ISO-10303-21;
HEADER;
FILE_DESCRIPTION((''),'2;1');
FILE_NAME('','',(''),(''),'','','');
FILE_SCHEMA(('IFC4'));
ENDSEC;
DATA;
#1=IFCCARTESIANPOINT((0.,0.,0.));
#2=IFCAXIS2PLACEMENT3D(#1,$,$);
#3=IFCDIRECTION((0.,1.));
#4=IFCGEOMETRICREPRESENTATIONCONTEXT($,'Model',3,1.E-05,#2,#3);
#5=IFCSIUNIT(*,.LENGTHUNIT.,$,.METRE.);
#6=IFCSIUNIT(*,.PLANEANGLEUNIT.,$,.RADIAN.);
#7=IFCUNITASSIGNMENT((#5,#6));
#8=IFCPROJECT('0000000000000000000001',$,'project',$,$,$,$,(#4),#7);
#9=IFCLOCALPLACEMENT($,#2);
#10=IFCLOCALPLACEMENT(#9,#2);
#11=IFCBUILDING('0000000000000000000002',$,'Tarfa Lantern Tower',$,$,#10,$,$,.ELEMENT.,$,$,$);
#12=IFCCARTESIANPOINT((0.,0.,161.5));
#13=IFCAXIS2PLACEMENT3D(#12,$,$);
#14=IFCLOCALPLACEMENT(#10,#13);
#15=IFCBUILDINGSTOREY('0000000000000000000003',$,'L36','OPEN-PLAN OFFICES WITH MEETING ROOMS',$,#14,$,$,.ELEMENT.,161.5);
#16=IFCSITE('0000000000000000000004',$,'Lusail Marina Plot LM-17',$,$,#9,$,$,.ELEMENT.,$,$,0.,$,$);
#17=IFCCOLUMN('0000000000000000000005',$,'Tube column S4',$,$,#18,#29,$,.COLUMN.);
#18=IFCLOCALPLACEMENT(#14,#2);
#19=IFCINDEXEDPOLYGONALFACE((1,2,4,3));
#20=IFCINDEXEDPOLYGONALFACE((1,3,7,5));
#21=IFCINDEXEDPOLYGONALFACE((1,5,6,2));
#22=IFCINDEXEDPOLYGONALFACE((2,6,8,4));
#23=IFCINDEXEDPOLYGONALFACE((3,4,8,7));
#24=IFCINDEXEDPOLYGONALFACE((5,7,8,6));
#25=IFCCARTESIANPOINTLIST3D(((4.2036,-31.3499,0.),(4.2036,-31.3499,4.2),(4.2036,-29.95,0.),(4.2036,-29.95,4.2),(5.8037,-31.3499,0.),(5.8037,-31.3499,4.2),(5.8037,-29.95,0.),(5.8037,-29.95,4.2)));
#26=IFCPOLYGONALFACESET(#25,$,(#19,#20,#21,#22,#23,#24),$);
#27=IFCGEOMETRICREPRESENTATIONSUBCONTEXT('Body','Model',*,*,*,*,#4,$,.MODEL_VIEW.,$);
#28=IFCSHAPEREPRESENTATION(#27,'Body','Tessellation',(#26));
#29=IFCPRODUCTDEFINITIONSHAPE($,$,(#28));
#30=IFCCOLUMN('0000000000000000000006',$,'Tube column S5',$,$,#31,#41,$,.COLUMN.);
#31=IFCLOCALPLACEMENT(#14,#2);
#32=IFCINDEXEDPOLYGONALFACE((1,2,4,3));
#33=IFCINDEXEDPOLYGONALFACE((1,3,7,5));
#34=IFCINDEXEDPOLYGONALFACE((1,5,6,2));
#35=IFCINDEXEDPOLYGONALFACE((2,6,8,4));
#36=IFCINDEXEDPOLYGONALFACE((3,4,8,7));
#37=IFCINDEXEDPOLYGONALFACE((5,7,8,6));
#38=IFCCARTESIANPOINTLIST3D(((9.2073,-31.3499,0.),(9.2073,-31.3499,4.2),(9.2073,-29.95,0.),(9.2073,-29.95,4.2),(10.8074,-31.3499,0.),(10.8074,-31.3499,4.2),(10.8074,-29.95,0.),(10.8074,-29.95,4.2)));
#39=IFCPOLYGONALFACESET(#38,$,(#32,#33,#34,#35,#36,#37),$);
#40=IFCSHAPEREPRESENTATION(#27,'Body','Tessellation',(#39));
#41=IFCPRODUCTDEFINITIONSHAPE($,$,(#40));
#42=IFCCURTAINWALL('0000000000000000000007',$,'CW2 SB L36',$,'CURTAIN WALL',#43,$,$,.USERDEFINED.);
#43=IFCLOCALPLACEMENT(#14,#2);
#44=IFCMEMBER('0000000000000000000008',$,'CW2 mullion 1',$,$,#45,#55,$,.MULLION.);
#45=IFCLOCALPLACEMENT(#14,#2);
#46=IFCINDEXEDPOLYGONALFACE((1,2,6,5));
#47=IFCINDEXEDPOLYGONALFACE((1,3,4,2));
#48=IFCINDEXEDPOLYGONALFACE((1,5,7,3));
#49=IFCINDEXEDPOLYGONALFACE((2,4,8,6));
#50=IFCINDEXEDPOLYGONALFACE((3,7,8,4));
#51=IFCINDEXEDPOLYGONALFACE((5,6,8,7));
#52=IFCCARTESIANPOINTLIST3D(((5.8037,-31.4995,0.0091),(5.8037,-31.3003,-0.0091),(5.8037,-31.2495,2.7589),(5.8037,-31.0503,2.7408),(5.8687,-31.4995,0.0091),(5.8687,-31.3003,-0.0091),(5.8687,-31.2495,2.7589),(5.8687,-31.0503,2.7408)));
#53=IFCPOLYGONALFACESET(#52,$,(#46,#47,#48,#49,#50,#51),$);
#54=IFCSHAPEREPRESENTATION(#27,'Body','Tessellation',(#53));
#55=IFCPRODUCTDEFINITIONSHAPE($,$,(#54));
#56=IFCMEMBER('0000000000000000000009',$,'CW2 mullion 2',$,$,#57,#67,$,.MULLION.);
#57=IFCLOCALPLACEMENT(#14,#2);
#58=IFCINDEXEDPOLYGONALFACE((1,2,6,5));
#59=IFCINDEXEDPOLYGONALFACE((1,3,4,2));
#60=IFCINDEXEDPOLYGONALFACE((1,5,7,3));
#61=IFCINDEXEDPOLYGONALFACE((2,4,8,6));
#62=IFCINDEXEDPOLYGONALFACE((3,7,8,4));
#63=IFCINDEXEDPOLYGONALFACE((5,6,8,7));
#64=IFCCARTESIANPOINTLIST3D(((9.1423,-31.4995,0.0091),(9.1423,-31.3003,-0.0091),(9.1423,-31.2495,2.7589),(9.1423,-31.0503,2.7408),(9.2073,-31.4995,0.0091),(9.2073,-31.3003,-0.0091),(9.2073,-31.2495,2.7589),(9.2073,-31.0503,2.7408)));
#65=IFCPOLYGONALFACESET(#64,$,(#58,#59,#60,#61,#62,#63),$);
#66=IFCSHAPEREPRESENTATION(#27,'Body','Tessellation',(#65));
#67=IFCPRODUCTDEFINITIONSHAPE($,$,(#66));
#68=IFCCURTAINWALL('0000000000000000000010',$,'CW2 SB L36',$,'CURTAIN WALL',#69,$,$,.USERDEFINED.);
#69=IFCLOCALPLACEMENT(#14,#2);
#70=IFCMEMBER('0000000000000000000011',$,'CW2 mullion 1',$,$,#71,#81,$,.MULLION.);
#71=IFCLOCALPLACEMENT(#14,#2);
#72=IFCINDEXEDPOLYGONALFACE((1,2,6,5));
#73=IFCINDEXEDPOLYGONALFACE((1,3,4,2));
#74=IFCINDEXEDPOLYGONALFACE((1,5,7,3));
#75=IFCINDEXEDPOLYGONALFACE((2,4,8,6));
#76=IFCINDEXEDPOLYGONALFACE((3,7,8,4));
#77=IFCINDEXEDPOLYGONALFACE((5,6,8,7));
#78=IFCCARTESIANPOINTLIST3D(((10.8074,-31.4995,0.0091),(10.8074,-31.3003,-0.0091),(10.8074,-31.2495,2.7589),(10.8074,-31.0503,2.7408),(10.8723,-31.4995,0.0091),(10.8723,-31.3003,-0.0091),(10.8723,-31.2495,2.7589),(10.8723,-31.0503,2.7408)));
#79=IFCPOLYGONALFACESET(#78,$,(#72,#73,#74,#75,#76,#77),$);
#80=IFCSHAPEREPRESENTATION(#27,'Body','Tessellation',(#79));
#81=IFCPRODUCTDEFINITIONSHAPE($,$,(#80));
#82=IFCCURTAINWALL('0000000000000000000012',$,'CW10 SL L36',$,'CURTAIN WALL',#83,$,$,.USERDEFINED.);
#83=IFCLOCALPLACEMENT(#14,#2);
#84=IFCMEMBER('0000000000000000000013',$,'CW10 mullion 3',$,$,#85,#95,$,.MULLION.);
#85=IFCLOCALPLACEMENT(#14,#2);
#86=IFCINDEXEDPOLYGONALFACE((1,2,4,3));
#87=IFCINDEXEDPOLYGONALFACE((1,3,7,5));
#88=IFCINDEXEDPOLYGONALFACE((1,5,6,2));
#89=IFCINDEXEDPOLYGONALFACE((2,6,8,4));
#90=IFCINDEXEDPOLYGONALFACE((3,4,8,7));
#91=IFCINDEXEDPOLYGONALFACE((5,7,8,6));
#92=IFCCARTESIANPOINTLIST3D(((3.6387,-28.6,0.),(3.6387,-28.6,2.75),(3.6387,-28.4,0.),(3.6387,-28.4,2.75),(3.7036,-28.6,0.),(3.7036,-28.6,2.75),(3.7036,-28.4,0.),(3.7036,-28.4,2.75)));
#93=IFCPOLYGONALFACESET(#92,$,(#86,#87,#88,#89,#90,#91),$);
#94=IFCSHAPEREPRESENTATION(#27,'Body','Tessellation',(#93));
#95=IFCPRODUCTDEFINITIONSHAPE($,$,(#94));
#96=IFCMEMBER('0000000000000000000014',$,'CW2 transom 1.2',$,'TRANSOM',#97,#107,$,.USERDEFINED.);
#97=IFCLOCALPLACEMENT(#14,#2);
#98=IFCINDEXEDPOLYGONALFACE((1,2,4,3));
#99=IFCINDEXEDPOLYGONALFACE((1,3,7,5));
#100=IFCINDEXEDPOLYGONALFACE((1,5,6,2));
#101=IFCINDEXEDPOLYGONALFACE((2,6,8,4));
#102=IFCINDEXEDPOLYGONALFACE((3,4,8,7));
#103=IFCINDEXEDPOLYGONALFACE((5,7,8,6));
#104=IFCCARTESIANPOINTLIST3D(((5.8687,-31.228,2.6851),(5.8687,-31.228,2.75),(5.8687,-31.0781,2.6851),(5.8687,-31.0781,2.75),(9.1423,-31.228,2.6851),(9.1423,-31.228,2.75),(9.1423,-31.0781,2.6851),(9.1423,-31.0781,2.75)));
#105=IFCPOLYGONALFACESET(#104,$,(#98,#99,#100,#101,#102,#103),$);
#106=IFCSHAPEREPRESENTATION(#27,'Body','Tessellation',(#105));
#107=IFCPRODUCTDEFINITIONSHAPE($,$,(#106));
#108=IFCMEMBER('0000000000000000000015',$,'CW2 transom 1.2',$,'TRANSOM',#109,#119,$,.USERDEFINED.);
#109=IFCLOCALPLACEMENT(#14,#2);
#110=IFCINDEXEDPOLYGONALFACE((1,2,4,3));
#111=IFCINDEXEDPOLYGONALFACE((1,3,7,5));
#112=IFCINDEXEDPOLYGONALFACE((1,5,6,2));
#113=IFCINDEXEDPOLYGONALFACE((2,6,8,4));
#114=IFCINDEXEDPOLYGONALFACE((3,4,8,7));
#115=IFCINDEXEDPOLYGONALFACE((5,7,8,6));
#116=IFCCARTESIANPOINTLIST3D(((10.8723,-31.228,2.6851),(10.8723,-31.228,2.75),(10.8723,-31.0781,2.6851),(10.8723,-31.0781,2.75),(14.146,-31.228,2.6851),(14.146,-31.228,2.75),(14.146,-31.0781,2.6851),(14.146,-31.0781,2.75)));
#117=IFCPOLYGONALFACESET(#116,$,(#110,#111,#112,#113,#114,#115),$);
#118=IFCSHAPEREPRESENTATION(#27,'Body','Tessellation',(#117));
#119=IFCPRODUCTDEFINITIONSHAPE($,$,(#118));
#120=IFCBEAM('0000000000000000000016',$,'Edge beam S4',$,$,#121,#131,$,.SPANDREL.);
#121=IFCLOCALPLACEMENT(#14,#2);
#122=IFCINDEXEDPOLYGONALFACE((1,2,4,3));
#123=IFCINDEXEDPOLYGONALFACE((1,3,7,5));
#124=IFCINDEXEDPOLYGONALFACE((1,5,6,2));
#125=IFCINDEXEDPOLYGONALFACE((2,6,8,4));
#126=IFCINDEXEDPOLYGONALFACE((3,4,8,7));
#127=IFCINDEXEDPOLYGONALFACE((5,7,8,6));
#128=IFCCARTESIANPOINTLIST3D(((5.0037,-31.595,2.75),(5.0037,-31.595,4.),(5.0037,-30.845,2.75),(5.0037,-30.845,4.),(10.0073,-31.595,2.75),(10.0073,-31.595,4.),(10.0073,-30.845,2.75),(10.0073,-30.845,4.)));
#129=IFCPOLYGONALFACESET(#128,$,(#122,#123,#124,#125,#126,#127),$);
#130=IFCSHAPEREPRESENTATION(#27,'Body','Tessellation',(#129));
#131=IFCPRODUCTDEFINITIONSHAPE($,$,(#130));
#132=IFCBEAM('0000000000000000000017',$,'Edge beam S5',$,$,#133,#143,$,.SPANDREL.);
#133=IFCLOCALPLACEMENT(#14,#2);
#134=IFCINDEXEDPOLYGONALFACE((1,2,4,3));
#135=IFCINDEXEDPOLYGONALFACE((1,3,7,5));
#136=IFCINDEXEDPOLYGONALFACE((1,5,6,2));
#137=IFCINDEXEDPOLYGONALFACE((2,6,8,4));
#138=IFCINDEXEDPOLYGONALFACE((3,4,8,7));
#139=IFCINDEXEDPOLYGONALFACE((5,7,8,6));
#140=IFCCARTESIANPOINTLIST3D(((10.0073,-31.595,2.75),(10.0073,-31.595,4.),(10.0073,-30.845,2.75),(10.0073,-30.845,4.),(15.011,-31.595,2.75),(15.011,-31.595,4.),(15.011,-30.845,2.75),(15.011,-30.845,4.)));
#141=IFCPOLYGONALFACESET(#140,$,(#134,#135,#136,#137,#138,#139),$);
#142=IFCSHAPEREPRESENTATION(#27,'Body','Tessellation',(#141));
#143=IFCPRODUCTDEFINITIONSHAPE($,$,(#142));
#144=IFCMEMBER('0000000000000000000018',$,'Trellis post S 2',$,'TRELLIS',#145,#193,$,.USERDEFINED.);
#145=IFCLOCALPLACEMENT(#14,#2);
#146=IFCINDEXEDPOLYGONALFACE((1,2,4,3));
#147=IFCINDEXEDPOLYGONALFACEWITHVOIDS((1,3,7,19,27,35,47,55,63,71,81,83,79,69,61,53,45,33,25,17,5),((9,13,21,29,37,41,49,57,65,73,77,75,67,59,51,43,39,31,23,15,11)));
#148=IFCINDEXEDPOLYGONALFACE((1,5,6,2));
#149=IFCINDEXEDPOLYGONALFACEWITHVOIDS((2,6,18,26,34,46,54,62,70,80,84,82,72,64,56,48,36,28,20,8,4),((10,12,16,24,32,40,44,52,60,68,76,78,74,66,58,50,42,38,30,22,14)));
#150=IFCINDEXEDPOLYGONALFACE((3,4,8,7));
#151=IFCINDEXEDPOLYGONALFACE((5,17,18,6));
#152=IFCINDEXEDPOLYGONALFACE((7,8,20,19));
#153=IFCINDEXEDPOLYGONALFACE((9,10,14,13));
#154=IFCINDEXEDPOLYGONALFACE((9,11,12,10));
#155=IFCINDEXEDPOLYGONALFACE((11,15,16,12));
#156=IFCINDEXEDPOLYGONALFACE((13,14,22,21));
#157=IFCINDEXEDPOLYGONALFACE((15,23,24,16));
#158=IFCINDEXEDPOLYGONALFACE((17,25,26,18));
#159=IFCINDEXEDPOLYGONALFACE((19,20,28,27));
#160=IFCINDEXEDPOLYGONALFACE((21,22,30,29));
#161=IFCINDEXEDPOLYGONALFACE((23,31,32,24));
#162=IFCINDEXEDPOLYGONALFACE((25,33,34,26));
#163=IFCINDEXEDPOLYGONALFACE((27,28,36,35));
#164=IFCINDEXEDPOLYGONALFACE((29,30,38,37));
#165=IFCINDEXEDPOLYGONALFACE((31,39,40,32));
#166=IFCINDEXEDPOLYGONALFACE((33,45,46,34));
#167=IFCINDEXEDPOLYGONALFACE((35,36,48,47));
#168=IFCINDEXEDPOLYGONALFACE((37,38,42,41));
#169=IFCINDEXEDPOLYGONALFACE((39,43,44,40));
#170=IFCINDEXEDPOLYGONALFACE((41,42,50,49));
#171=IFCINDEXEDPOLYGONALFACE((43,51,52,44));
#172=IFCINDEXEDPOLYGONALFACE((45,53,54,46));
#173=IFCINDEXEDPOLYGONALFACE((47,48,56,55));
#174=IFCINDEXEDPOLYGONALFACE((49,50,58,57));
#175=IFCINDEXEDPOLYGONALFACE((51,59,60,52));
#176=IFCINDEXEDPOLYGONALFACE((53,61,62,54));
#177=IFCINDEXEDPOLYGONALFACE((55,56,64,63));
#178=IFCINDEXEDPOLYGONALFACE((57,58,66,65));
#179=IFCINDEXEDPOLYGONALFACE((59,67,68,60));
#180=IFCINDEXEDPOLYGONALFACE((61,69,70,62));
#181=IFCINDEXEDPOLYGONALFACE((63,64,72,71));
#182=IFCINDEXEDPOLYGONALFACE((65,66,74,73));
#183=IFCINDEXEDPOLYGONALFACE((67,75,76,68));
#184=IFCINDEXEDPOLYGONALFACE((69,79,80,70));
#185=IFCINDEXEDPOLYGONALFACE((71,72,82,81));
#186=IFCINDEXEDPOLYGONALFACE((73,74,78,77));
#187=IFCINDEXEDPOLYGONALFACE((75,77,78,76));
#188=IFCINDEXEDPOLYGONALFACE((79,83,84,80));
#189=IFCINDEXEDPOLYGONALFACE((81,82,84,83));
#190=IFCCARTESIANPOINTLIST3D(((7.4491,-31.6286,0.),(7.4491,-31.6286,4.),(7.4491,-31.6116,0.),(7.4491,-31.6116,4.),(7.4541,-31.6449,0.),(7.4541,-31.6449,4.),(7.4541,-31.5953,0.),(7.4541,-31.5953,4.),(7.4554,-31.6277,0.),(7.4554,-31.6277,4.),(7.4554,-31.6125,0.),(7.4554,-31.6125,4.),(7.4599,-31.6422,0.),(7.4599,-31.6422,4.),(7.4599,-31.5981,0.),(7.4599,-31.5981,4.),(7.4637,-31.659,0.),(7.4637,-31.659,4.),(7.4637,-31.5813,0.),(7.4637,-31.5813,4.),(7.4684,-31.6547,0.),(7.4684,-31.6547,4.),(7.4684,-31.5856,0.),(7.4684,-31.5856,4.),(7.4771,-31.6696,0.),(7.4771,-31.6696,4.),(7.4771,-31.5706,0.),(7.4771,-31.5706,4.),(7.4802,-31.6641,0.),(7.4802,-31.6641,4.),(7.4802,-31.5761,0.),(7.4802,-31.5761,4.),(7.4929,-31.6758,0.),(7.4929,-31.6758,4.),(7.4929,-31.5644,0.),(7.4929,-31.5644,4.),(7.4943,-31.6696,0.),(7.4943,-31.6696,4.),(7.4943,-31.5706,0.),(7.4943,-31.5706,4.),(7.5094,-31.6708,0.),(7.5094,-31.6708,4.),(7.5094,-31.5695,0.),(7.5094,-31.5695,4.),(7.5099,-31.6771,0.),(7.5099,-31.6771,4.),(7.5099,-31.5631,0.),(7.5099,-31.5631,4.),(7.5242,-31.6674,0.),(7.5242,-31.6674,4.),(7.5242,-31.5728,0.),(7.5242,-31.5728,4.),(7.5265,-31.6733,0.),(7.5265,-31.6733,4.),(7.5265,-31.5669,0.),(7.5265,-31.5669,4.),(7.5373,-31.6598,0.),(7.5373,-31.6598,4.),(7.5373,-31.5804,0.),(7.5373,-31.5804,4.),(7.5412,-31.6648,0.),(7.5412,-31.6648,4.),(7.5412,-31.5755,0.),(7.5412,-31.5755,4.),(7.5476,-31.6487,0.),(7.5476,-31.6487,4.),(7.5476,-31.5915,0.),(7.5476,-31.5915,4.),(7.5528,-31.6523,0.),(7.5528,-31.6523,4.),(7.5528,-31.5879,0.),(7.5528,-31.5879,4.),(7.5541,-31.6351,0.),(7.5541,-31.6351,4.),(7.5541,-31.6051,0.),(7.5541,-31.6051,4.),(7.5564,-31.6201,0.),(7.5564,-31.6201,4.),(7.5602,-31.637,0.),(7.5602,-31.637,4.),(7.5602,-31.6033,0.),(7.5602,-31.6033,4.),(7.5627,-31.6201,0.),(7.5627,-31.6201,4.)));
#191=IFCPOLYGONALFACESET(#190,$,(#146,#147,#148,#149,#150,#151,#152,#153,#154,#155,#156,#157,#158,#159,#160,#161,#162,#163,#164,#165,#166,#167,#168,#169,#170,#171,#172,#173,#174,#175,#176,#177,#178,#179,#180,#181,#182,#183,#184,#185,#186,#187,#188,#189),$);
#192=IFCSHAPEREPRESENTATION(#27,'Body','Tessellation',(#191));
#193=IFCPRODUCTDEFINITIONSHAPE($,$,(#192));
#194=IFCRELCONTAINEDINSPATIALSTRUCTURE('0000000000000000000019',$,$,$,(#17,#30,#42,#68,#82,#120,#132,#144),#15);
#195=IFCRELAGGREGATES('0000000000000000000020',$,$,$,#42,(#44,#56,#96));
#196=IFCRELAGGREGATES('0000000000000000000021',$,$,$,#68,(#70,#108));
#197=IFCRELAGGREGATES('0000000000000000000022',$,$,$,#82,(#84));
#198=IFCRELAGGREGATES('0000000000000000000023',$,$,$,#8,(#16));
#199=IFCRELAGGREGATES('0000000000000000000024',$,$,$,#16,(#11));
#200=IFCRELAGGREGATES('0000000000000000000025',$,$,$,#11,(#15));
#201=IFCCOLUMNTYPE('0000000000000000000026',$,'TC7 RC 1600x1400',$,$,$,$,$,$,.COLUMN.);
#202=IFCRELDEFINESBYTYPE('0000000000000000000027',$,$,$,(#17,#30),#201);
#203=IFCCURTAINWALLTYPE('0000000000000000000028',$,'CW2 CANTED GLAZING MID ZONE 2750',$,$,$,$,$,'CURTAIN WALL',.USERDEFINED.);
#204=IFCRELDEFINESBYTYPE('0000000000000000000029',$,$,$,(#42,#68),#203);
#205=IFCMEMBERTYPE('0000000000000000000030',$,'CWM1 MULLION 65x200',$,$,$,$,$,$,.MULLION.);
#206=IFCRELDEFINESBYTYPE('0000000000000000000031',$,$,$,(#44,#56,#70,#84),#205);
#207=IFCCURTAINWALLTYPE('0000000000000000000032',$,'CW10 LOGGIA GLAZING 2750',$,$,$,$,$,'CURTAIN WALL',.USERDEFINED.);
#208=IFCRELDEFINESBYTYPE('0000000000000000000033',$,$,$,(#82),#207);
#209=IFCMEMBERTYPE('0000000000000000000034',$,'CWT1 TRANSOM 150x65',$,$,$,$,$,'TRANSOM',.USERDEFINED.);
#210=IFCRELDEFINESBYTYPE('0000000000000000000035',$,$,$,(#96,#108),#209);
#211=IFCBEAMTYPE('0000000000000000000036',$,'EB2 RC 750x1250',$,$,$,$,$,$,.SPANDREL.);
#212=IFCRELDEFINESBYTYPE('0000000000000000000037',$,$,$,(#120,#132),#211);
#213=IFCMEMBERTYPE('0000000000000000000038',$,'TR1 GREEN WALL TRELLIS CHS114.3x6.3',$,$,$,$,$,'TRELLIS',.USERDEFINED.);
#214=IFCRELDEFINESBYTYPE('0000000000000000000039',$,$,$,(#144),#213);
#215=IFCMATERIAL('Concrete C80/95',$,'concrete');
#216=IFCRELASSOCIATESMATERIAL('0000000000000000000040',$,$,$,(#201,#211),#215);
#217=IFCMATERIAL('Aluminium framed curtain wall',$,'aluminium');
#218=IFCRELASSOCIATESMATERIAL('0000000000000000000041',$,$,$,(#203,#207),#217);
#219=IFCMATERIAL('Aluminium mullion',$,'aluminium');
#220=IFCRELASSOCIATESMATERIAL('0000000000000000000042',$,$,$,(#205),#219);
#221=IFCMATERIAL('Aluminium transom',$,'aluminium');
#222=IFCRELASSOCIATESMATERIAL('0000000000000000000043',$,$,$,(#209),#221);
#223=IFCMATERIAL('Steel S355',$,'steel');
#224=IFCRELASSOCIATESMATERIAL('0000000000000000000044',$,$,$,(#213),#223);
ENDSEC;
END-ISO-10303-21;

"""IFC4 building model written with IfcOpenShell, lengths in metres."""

from ifc_helpers import new_model, si_unit, direction, frame, origin, origin_2d, place, context, subcontext, project, spatial, rectangle, hollow_circle, extrude, material, material_profile, profile_set, type_object, element, aggregate, save


model = new_model("IFC4")

# Units and contexts
model_context = context("Model", 3, precision=1e-05, world=origin(), true_north=direction((0.0, 1.0)))
body_context = subcontext(model_context, "Body", "Model", "MODEL_VIEW")
ifc_project = project(units=[si_unit("LENGTHUNIT", "METRE"), si_unit("PLANEANGLEUNIT", "RADIAN")], contexts=[model_context])

# Site, building, storey
site_placement = place(None, origin())
site = spatial("IfcSite", under=ifc_project, at=site_placement, Name="Lusail Marina Plot LM-17", CompositionType="ELEMENT", RefElevation=0.0)
building_placement = place(site_placement, origin())
building = spatial("IfcBuilding", under=site, at=building_placement, Name="Tarfa Lantern Tower", CompositionType="ELEMENT")
storey_placement = place(building_placement, frame((0.0, 0.0, 161.5)))
storey = spatial("IfcBuildingStorey", under=building, at=storey_placement, Name="L36", Description="OPEN-PLAN OFFICES WITH MEETING ROOMS", CompositionType="ELEMENT", Elevation=161.5)

# Columns
ifc_material_1 = material(Name="Concrete C80/95", Category="concrete")
ifc_material_profile_1 = material_profile(ifc_material_1, rectangle(XDim=1.6001, YDim=1.3999, at=origin_2d()), Name="RC 1600x1400")
ifc_profile_set_1 = profile_set([ifc_material_profile_1], Name="Concrete C80/95")
column_type = type_object("IfcColumnType", Name="TC7 RC 1600x1400", PredefinedType="COLUMN", material=ifc_profile_set_1)
for number, where, z_axis, x_axis, name in (
    (1, (5.0037, -30.6499, 0.0), (0.0, 0.0, 1.0), (1.0, 0.0, 0.0), "Tube column S4"),
    (2, (10.0073, -30.6499, 0.0), (0.0, 0.0, 1.0), (1.0, 0.0, 0.0), "Tube column S5"),
):
    element("IfcColumn", number, at=place(storey_placement, frame(where, z_axis=z_axis, x_axis=x_axis)), inside=storey, type_object=column_type, Name=name, PredefinedType="COLUMN", context=body_context, shape_type="SweptSolid", body=[
        extrude(rectangle(XDim=1.6001, YDim=1.3999, at=origin_2d()), origin(), (0.0, 0.0, 1.0), 4.2),
    ])

# Curtain wall, members
ifc_material_2 = material(Name="Aluminium framed curtain wall", Category="aluminium")
curtain_wall_type_1 = type_object("IfcCurtainWallType", Name="CW2 CANTED GLAZING MID ZONE 2750", ElementType="CURTAIN WALL", PredefinedType="USERDEFINED", material=ifc_material_2)
curtain_wall_1_placement = place(storey_placement, origin())
curtain_wall_1 = element("IfcCurtainWall", 3, at=curtain_wall_1_placement, inside=storey, type_object=curtain_wall_type_1, Name="CW2 SB L36", ObjectType="CURTAIN WALL", PredefinedType="USERDEFINED")
ifc_material_3 = material(Name="Aluminium mullion", Category="aluminium")
ifc_material_profile_2 = material_profile(ifc_material_3, rectangle(XDim=0.0649, YDim=0.2, at=origin_2d()), Name="AL MULLION 65x200")
ifc_profile_set_2 = profile_set([ifc_material_profile_2], Name="Aluminium mullion")
member_type_1 = type_object("IfcMemberType", Name="CWM1 MULLION 65x200", PredefinedType="MULLION", material=ifc_profile_set_2)
member_1_placement = place(storey_placement, frame((5.8362, -31.3999, 0.0), z_axis=(0.0, 0.090536, 0.995893), x_axis=(-1.0, 0.0, 0.0)))
member_1 = element("IfcMember", 4, at=member_1_placement, type_object=member_type_1, Name="CW2 mullion 1", PredefinedType="MULLION", context=body_context, shape_type="SweptSolid", body=[
    extrude(rectangle(XDim=0.0649, YDim=0.2, at=origin_2d()), origin(), (0.0, 0.0, 1.0), 2.7612),
])
member_2_placement = place(storey_placement, frame((9.1748, -31.3999, 0.0), z_axis=(0.0, 0.090536, 0.995893), x_axis=(-1.0, 0.0, 0.0)))
member_2 = element("IfcMember", 5, at=member_2_placement, type_object=member_type_1, Name="CW2 mullion 2", PredefinedType="MULLION", context=body_context, shape_type="SweptSolid", body=[
    extrude(rectangle(XDim=0.0649, YDim=0.2, at=origin_2d()), origin(), (0.0, 0.0, 1.0), 2.7612),
])

# Curtain walls, members
curtain_wall_2_placement = place(storey_placement, origin())
curtain_wall_2 = element("IfcCurtainWall", 6, at=curtain_wall_2_placement, inside=storey, type_object=curtain_wall_type_1, Name="CW2 SB L36", ObjectType="CURTAIN WALL", PredefinedType="USERDEFINED")
member_3_placement = place(storey_placement, frame((10.8398, -31.3999, 0.0), z_axis=(0.0, 0.090536, 0.995893), x_axis=(-1.0, 0.0, 0.0)))
member_3 = element("IfcMember", 7, at=member_3_placement, type_object=member_type_1, Name="CW2 mullion 1", PredefinedType="MULLION", context=body_context, shape_type="SweptSolid", body=[
    extrude(rectangle(XDim=0.0649, YDim=0.2, at=origin_2d()), origin(), (0.0, 0.0, 1.0), 2.7612),
])
curtain_wall_type_2 = type_object("IfcCurtainWallType", Name="CW10 LOGGIA GLAZING 2750", ElementType="CURTAIN WALL", PredefinedType="USERDEFINED", material=ifc_material_2)
curtain_wall_3_placement = place(storey_placement, origin())
curtain_wall_3 = element("IfcCurtainWall", 8, at=curtain_wall_3_placement, inside=storey, type_object=curtain_wall_type_2, Name="CW10 SL L36", ObjectType="CURTAIN WALL", PredefinedType="USERDEFINED")
member_4_placement = place(storey_placement, frame((3.6711, -28.5, 0.0), z_axis=(0.0, 0.0, 1.0), x_axis=(1.0, 0.0, 0.0)))
member_4 = element("IfcMember", 9, at=member_4_placement, type_object=member_type_1, Name="CW10 mullion 3", PredefinedType="MULLION", context=body_context, shape_type="SweptSolid", body=[
    extrude(rectangle(XDim=0.0649, YDim=0.2, at=origin_2d()), origin(), (0.0, 0.0, 1.0), 2.75),
])

# Members
ifc_material_4 = material(Name="Aluminium transom", Category="aluminium")
ifc_material_profile_3 = material_profile(ifc_material_4, rectangle(XDim=0.1499, YDim=0.0649, at=origin_2d()), Name="AL TRANSOM 150x65")
ifc_profile_set_3 = profile_set([ifc_material_profile_3], Name="Aluminium transom")
member_type_2 = type_object("IfcMemberType", Name="CWT1 TRANSOM 150x65", ElementType="TRANSOM", PredefinedType="USERDEFINED", material=ifc_profile_set_3)
member_5_placement = place(storey_placement, frame((5.8687, -31.1531, 2.7175), z_axis=(1.0, 0.0, 0.0), x_axis=(0.0, 1.0, 0.0)))
member_5 = element("IfcMember", 10, at=member_5_placement, type_object=member_type_2, Name="CW2 transom 1.2", ObjectType="TRANSOM", PredefinedType="USERDEFINED", context=body_context, shape_type="SweptSolid", body=[
    extrude(rectangle(XDim=0.1499, YDim=0.0649, at=origin_2d()), origin(), (0.0, 0.0, 1.0), 3.2737),
])
member_6_placement = place(storey_placement, frame((10.8723, -31.1531, 2.7175), z_axis=(1.0, 0.0, 0.0), x_axis=(0.0, 1.0, 0.0)))
member_6 = element("IfcMember", 11, at=member_6_placement, type_object=member_type_2, Name="CW2 transom 1.2", ObjectType="TRANSOM", PredefinedType="USERDEFINED", context=body_context, shape_type="SweptSolid", body=[
    extrude(rectangle(XDim=0.1499, YDim=0.0649, at=origin_2d()), origin(), (0.0, 0.0, 1.0), 3.2737),
])

# Beams
ifc_material_profile_4 = material_profile(ifc_material_1, rectangle(XDim=0.75, YDim=1.25, at=origin_2d()), Name="RC 750x1250")
ifc_profile_set_4 = profile_set([ifc_material_profile_4], Name="Concrete C80/95")
beam_type_1 = type_object("IfcBeamType", Name="EB2 RC 750x1250", PredefinedType="SPANDREL", material=ifc_profile_set_4)
for number, where, z_axis, x_axis, name in (
    (12, (5.0037, -31.22, 3.375), (1.0, 0.0, 0.0), (0.0, 1.0, 0.0), "Edge beam S4"),
    (13, (10.0073, -31.22, 3.375), (1.0, 0.0, 0.0), (0.0, 1.0, 0.0), "Edge beam S5"),
):
    element("IfcBeam", number, at=place(storey_placement, frame(where, z_axis=z_axis, x_axis=x_axis)), inside=storey, type_object=beam_type_1, Name=name, PredefinedType="SPANDREL", context=body_context, shape_type="SweptSolid", body=[
        extrude(rectangle(XDim=0.75, YDim=1.25, at=origin_2d()), origin(), (0.0, 0.0, 1.0), 5.0037),
    ])

# Member
ifc_material_5 = material(Name="Steel S355", Category="steel")
ifc_material_profile_5 = material_profile(ifc_material_5, hollow_circle(Radius=0.0571, WallThickness=0.0063, at=origin_2d()), Name="CHS114.3x6.3")
ifc_profile_set_5 = profile_set([ifc_material_profile_5], Name="Steel S355")
member_type_3 = type_object("IfcMemberType", Name="TR1 GREEN WALL TRELLIS CHS114.3x6.3", ElementType="TRELLIS", PredefinedType="USERDEFINED", material=ifc_profile_set_5)
member_7_placement = place(storey_placement, frame((7.5056, -31.6201, 0.0), z_axis=(0.0, 0.0, 1.0), x_axis=(1.0, 0.0, 0.0)))
element("IfcMember", 14, at=member_7_placement, inside=storey, type_object=member_type_3, Name="Trellis post S 2", ObjectType="TRELLIS", PredefinedType="USERDEFINED", context=body_context, shape_type="SweptSolid", body=[
    extrude(hollow_circle(Radius=0.0571, WallThickness=0.0063, at=origin_2d()), origin(), (0.0, 0.0, 1.0), 4.0),
])

aggregate(curtain_wall_1, [member_1, member_2, member_5])
aggregate(curtain_wall_2, [member_3, member_6])
aggregate(curtain_wall_3, [member_4])

save(model, "model.ifc")
